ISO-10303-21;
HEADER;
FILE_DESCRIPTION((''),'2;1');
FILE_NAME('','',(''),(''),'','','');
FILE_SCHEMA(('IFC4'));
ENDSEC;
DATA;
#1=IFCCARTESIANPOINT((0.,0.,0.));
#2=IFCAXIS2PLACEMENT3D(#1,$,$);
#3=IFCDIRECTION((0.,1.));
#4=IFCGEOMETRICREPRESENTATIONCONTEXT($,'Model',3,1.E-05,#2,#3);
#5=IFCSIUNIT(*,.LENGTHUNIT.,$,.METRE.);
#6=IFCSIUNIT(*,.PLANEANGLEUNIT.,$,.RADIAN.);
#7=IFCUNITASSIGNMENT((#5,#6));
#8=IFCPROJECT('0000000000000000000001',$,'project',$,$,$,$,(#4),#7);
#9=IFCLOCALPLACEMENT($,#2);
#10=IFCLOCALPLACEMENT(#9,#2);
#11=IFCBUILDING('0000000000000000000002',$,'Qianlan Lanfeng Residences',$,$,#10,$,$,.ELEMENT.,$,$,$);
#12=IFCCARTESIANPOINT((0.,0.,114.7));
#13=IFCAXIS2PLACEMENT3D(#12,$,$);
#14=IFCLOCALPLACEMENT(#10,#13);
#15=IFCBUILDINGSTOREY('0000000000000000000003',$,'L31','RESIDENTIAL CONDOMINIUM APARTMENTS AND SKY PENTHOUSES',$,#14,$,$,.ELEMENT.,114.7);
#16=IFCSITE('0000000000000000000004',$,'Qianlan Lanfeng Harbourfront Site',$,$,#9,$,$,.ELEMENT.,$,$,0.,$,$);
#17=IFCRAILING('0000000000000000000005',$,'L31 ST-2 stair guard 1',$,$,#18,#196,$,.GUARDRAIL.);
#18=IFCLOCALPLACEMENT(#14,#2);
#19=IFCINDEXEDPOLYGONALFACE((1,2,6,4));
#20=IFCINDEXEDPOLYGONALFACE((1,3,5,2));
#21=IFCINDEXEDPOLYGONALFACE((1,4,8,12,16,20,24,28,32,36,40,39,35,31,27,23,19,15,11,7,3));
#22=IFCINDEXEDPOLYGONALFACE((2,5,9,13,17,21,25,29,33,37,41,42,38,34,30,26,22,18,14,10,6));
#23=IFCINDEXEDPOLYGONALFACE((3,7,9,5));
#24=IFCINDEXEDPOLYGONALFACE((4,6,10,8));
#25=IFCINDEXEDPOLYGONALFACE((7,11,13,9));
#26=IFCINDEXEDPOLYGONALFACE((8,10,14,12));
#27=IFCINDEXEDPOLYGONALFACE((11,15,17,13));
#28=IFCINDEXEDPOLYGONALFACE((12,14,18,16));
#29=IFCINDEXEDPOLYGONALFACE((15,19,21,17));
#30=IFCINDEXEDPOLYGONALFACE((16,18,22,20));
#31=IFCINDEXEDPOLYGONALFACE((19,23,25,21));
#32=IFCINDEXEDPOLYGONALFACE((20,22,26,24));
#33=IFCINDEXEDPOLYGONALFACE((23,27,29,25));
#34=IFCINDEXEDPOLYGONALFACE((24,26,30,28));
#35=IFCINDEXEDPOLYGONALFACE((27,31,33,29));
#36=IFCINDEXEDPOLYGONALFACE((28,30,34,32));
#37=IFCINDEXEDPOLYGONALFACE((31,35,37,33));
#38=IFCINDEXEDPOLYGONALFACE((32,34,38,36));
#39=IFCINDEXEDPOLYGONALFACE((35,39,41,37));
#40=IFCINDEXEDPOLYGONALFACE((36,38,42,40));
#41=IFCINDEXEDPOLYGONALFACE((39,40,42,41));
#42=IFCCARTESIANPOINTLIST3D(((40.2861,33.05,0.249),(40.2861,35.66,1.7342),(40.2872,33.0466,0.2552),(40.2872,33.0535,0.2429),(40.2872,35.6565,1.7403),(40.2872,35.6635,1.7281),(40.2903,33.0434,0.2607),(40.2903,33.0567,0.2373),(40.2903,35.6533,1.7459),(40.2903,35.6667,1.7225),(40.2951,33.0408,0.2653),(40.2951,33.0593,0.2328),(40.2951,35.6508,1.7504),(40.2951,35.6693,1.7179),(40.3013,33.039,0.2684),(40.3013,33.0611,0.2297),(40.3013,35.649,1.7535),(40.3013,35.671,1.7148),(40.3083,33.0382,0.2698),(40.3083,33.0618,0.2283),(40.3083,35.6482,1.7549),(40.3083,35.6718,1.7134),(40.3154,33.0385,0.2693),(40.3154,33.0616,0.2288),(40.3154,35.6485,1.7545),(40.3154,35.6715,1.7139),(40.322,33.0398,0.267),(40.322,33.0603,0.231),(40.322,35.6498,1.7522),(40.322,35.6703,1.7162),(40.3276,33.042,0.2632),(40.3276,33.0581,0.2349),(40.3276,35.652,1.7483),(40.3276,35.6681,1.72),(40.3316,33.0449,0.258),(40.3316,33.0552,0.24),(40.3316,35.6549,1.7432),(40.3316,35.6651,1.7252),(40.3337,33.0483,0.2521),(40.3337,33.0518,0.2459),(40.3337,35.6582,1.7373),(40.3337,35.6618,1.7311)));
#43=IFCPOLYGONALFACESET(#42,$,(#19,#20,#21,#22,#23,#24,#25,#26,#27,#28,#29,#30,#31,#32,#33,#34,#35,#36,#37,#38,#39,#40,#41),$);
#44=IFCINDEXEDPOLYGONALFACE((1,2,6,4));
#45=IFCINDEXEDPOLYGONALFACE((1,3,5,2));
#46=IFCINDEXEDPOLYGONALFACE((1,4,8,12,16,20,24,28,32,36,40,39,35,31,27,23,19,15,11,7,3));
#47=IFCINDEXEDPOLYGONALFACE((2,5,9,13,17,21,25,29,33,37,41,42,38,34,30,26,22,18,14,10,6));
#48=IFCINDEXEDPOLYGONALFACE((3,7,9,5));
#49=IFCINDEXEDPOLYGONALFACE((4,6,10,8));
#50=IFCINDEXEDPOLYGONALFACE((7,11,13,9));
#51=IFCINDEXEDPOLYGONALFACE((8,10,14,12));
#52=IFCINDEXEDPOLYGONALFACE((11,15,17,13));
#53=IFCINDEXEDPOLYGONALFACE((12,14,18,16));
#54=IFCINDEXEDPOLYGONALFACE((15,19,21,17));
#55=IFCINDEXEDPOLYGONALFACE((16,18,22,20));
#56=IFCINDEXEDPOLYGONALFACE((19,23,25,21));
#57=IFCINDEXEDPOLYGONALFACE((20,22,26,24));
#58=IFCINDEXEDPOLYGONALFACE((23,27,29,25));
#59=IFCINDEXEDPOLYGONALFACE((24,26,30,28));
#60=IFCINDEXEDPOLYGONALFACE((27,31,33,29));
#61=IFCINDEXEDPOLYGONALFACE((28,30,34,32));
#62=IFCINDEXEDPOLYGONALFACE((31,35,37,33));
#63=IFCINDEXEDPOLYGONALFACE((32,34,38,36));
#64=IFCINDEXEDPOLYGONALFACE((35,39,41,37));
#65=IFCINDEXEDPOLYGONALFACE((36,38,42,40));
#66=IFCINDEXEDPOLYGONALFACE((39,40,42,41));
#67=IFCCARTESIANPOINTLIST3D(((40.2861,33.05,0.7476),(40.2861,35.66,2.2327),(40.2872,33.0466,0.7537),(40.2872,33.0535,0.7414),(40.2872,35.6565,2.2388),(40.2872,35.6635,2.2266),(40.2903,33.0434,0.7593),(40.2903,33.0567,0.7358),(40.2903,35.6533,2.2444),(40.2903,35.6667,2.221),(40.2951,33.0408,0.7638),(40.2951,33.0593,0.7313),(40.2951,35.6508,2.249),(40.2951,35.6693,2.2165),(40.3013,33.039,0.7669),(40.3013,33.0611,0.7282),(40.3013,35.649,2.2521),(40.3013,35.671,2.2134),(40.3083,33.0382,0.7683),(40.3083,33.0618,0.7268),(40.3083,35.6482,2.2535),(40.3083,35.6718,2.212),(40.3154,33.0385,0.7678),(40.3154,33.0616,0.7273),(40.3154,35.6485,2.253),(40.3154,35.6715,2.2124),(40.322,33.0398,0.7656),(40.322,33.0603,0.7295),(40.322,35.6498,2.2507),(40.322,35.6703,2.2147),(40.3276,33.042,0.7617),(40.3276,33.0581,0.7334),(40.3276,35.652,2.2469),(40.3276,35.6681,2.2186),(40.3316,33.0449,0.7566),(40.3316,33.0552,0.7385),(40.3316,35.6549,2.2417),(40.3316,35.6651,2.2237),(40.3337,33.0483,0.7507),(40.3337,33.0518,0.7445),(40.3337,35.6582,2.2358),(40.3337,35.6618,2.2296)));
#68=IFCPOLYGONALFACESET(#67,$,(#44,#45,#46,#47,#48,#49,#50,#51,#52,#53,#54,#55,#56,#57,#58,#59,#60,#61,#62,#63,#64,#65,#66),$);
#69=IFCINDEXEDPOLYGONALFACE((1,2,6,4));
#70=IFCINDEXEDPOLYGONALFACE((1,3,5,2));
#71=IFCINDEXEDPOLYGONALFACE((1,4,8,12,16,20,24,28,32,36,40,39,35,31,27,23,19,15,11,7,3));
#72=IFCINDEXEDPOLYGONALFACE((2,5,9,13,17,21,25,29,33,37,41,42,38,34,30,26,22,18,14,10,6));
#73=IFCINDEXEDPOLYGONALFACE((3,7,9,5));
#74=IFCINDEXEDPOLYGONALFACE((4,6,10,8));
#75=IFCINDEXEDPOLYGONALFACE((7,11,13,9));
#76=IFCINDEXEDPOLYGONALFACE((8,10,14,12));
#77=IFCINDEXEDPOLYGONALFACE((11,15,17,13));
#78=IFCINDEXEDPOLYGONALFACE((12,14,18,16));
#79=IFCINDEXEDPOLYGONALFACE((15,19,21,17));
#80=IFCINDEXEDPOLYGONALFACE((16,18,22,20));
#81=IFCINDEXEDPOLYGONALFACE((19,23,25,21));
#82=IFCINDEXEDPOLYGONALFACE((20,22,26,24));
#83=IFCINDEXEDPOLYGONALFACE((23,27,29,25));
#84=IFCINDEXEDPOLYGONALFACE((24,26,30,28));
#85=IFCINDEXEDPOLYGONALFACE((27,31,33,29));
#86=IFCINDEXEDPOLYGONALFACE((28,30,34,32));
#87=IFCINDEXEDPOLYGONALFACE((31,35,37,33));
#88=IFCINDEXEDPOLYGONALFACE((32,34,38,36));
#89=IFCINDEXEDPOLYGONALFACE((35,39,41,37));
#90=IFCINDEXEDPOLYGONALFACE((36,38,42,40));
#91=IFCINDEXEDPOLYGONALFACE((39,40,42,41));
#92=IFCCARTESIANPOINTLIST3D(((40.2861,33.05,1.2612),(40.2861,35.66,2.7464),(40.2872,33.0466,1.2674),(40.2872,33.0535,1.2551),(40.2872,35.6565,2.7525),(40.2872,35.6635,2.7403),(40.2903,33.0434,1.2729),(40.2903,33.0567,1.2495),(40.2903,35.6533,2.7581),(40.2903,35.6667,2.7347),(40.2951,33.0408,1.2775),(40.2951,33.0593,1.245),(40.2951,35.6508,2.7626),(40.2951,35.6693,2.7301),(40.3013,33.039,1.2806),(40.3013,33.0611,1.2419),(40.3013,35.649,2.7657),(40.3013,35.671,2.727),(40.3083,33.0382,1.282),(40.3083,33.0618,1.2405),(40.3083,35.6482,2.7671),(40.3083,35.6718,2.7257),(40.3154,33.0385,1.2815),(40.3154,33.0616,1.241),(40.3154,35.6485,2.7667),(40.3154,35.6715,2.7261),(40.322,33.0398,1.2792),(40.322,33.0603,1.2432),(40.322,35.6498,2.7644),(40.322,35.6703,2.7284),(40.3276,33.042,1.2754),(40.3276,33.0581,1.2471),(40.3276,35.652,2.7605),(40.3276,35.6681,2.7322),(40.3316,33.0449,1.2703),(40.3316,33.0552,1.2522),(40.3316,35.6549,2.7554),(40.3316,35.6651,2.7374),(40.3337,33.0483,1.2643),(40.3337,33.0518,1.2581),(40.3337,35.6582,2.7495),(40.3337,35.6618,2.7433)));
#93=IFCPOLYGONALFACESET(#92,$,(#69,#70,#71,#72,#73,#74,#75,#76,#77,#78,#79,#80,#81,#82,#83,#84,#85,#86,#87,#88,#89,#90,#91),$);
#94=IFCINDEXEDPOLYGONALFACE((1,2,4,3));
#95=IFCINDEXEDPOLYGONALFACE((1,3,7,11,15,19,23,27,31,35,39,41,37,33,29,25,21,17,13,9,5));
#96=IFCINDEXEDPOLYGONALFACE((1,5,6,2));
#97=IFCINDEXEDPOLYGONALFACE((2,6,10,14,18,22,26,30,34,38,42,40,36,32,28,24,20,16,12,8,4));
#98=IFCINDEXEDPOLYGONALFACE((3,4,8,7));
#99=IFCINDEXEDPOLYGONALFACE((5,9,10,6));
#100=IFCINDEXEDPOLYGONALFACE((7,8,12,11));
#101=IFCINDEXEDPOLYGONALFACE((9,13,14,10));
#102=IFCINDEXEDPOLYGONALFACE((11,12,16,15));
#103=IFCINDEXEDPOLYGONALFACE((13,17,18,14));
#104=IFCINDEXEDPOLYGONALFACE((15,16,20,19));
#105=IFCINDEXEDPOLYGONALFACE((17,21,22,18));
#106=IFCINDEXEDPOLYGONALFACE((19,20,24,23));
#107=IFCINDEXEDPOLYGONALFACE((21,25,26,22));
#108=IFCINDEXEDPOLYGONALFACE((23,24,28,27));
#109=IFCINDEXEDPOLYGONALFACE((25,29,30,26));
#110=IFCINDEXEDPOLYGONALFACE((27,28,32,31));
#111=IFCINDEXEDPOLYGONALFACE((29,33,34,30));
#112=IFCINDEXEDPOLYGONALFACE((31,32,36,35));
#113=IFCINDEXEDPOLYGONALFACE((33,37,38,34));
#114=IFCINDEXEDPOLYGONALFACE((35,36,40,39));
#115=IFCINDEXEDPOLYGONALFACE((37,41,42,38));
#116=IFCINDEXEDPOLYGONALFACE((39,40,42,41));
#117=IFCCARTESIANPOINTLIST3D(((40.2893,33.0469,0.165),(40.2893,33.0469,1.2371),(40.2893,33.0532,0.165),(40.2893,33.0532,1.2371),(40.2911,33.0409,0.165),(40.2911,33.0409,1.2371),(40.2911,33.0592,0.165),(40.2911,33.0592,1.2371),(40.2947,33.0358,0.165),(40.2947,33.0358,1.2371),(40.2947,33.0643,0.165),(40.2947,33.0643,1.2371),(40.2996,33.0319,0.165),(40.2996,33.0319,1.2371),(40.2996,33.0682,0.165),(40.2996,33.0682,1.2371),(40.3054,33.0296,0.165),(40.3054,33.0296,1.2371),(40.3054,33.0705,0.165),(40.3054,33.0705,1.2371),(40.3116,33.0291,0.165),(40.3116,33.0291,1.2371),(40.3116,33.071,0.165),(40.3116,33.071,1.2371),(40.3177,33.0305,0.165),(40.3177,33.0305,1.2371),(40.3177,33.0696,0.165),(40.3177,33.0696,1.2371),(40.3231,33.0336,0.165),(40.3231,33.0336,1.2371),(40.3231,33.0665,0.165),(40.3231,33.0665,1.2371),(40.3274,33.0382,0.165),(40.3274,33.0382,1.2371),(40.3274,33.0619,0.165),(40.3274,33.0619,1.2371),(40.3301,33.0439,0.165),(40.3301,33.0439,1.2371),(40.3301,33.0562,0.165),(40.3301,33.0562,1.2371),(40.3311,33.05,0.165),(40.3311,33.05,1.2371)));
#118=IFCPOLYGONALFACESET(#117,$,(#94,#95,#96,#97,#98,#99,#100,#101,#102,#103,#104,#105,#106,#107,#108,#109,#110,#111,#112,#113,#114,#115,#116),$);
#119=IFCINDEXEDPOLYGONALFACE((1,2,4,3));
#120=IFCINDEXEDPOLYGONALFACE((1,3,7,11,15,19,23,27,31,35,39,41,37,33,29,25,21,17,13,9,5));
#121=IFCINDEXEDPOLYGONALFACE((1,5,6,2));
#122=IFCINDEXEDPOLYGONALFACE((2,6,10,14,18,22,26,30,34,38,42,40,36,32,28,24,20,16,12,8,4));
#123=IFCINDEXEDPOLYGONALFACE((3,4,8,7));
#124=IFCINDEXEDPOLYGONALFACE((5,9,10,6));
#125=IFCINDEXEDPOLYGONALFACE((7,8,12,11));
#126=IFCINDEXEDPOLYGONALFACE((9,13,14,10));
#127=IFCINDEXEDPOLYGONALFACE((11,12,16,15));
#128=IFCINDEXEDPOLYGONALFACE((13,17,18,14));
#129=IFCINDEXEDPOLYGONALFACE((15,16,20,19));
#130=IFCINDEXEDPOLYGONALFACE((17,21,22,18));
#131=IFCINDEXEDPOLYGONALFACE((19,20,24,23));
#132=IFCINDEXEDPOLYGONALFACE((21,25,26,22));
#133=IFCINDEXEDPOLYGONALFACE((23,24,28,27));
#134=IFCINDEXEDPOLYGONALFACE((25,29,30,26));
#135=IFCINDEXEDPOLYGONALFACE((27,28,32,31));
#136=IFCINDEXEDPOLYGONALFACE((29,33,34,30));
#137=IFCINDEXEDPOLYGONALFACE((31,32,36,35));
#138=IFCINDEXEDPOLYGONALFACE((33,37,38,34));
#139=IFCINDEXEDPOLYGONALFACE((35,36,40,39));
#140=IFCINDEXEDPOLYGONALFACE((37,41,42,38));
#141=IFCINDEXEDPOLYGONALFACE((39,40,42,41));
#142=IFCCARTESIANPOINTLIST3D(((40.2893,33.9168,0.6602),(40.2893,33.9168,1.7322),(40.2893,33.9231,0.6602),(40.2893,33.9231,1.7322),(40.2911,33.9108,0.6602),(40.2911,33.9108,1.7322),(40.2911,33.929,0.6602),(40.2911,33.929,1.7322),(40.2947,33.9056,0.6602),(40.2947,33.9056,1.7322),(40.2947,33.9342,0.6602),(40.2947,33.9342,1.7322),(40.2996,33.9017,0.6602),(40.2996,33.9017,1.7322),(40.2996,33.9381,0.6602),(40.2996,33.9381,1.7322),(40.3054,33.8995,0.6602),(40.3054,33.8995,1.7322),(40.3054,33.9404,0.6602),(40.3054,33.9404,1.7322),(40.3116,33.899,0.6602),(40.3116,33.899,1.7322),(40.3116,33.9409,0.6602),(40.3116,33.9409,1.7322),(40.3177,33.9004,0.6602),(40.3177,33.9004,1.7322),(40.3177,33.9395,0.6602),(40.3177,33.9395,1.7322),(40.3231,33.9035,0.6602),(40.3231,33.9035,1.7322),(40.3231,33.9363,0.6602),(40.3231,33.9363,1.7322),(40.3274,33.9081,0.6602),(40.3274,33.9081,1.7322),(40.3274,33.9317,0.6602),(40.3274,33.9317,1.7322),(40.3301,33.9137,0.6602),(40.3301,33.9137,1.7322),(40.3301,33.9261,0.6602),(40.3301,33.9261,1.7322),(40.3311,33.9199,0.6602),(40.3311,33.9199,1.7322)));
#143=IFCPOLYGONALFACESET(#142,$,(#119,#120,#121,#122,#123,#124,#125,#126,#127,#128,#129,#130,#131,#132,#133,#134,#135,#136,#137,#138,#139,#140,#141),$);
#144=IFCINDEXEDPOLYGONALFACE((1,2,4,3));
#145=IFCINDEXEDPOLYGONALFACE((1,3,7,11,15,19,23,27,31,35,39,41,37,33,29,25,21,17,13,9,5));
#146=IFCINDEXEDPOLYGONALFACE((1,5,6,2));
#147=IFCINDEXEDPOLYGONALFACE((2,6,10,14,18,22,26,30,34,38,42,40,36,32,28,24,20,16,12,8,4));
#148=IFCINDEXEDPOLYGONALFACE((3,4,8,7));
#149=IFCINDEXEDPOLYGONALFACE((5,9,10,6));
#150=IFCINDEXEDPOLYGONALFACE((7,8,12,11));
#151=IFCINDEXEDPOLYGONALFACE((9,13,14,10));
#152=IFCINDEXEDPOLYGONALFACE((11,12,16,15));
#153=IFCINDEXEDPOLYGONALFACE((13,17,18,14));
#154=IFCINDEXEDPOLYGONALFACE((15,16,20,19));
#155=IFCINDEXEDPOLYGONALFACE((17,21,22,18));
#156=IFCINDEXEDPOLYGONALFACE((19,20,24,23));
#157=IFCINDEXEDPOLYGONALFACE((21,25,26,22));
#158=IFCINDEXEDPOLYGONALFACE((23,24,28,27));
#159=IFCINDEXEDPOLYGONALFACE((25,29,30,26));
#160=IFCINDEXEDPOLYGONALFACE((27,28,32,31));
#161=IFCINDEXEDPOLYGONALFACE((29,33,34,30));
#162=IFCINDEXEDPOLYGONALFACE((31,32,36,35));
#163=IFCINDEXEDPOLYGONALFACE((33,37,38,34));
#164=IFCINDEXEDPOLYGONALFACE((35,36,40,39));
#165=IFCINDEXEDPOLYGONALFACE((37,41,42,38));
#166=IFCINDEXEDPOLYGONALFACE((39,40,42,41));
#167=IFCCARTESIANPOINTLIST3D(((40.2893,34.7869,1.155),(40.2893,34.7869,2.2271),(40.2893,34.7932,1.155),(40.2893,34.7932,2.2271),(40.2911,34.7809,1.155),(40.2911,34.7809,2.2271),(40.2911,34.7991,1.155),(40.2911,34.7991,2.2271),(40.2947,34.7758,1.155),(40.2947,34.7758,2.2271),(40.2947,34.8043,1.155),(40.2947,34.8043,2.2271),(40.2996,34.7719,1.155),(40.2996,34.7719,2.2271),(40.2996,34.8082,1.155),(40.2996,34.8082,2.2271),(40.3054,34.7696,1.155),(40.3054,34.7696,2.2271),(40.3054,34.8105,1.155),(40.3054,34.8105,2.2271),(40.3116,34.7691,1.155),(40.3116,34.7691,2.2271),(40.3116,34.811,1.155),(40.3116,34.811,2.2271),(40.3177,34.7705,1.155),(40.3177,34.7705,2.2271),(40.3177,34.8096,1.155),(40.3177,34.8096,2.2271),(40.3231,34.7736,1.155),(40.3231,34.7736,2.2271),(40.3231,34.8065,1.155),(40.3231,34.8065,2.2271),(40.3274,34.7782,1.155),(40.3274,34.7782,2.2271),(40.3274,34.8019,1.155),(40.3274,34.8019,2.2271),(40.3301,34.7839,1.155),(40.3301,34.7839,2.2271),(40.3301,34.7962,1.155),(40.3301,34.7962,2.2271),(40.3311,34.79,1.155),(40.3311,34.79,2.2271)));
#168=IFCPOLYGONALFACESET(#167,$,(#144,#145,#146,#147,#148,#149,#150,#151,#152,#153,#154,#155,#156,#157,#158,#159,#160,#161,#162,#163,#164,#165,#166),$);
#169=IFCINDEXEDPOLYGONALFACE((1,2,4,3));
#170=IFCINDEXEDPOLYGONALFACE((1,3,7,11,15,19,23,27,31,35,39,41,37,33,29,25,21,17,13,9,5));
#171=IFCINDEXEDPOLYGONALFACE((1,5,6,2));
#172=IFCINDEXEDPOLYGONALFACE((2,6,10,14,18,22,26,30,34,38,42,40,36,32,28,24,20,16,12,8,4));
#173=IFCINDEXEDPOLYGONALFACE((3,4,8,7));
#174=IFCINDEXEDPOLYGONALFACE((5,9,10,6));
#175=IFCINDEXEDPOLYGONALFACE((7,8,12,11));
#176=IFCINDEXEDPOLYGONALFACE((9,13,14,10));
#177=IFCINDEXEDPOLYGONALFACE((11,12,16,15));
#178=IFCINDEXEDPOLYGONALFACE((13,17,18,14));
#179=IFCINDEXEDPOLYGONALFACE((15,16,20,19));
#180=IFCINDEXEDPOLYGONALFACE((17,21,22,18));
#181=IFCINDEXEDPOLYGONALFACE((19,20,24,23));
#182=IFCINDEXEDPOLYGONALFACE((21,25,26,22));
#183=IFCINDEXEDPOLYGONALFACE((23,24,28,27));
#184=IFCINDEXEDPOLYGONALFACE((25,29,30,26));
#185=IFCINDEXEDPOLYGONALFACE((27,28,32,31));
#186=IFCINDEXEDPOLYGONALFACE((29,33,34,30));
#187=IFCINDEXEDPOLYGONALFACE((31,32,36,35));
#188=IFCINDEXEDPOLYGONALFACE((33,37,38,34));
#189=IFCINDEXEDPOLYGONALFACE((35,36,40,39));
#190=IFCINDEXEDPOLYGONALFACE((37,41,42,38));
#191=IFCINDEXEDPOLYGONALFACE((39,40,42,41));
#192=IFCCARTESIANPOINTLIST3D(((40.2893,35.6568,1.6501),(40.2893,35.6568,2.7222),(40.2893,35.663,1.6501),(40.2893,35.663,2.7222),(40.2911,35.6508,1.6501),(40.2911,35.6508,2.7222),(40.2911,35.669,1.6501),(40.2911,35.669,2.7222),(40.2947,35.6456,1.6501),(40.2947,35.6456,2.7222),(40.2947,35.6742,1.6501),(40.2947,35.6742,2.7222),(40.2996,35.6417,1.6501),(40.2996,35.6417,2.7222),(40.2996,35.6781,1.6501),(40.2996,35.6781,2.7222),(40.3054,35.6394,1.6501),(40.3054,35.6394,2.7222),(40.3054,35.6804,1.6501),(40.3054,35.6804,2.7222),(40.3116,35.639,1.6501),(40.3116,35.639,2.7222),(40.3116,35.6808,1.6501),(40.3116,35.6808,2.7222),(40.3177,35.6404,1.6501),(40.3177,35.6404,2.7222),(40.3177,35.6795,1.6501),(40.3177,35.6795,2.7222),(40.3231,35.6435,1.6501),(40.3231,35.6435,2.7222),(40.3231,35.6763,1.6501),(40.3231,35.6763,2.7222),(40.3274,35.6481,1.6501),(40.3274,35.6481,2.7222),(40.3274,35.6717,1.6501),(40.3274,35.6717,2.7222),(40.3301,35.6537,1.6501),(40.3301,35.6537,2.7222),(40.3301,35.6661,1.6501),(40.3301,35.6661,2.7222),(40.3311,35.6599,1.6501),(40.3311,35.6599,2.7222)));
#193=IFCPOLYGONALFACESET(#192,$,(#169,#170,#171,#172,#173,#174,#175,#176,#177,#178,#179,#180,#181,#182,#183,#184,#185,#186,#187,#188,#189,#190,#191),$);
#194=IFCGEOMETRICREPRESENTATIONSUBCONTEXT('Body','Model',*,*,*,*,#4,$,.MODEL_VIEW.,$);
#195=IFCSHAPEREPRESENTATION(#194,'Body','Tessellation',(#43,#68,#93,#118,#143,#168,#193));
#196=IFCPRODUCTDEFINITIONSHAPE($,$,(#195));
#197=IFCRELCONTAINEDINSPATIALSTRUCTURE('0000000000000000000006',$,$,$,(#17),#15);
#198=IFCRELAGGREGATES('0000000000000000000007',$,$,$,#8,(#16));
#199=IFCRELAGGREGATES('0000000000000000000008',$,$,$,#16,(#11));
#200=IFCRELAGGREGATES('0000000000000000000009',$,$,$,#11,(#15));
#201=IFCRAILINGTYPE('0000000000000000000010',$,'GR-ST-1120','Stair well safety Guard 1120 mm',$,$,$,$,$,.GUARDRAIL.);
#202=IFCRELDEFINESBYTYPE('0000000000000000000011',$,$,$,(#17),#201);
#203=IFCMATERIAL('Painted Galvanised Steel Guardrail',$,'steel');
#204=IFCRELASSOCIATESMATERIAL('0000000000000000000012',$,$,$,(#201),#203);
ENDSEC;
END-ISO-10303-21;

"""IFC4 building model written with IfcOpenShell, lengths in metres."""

from ifc_helpers import new_model, si_unit, direction, frame, origin, origin_2d, place, context, subcontext, project, spatial, circle, extrude, material, type_object, element, save


model = new_model("IFC4")

# Units and contexts
model_context = context("Model", 3, precision=1e-05, world=origin(), true_north=direction((0.0, 1.0)))
body_context = subcontext(model_context, "Body", "Model", "MODEL_VIEW")
ifc_project = project(units=[si_unit("LENGTHUNIT", "METRE"), si_unit("PLANEANGLEUNIT", "RADIAN")], contexts=[model_context])

# Site, building, storey
site_placement = place(None, origin())
site = spatial("IfcSite", under=ifc_project, at=site_placement, Name="Qianlan Lanfeng Harbourfront Site", CompositionType="ELEMENT", RefElevation=0.0)
building_placement = place(site_placement, origin())
building = spatial("IfcBuilding", under=site, at=building_placement, Name="Qianlan Lanfeng Residences", CompositionType="ELEMENT")
storey_placement = place(building_placement, frame((0.0, 0.0, 114.7)))
storey = spatial("IfcBuildingStorey", under=building, at=storey_placement, Name="L31", Description="RESIDENTIAL CONDOMINIUM APARTMENTS AND SKY PENTHOUSES", CompositionType="ELEMENT", Elevation=114.7)

# Railing
ifc_material_1 = material(Name="Painted Galvanised Steel Guardrail", Category="steel")
railing_type_1 = type_object("IfcRailingType", Name="GR-ST-1120", Description="Stair well safety Guard 1120 mm", PredefinedType="GUARDRAIL", material=ifc_material_1)
railing_1_placement = place(storey_placement, frame((40.3101, 33.05, 0.165)))
element("IfcRailing", 1, at=railing_1_placement, inside=storey, type_object=railing_type_1, Name="L31 ST-2 stair guard 1", PredefinedType="GUARDRAIL", context=body_context, shape_type="SweptSolid", body=[
    extrude(circle(Radius=0.0239, at=origin_2d()), frame((0.0, 0.0, 0.084), z_axis=(0.0, 0.869137, 0.494571), x_axis=(-1.0, 0.0, 0.0)), (0.0, 0.0, 1.0), 3.0029),
    extrude(circle(Radius=0.0239, at=origin_2d()), frame((0.0, 0.0, 0.5825), z_axis=(0.0, 0.869137, 0.494571), x_axis=(-1.0, 0.0, 0.0)), (0.0, 0.0, 1.0), 3.0029),
    extrude(circle(Radius=0.0239, at=origin_2d()), frame((0.0, 0.0, 1.0962), z_axis=(0.0, 0.869137, 0.494571), x_axis=(-1.0, 0.0, 0.0)), (0.0, 0.0, 1.0), 3.0029),
    extrude(circle(Radius=0.021, at=origin_2d()), origin(), (0.0, 0.0, 1.0), 1.072),
    extrude(circle(Radius=0.021, at=origin_2d()), frame((0.0, 0.8699, 0.4951)), (0.0, 0.0, 1.0), 1.072),
    extrude(circle(Radius=0.021, at=origin_2d()), frame((0.0, 1.74, 0.99)), (0.0, 0.0, 1.0), 1.072),
    extrude(circle(Radius=0.021, at=origin_2d()), frame((0.0, 2.6099, 1.4851)), (0.0, 0.0, 1.0), 1.072),
])

save(model, "model.ifc")
